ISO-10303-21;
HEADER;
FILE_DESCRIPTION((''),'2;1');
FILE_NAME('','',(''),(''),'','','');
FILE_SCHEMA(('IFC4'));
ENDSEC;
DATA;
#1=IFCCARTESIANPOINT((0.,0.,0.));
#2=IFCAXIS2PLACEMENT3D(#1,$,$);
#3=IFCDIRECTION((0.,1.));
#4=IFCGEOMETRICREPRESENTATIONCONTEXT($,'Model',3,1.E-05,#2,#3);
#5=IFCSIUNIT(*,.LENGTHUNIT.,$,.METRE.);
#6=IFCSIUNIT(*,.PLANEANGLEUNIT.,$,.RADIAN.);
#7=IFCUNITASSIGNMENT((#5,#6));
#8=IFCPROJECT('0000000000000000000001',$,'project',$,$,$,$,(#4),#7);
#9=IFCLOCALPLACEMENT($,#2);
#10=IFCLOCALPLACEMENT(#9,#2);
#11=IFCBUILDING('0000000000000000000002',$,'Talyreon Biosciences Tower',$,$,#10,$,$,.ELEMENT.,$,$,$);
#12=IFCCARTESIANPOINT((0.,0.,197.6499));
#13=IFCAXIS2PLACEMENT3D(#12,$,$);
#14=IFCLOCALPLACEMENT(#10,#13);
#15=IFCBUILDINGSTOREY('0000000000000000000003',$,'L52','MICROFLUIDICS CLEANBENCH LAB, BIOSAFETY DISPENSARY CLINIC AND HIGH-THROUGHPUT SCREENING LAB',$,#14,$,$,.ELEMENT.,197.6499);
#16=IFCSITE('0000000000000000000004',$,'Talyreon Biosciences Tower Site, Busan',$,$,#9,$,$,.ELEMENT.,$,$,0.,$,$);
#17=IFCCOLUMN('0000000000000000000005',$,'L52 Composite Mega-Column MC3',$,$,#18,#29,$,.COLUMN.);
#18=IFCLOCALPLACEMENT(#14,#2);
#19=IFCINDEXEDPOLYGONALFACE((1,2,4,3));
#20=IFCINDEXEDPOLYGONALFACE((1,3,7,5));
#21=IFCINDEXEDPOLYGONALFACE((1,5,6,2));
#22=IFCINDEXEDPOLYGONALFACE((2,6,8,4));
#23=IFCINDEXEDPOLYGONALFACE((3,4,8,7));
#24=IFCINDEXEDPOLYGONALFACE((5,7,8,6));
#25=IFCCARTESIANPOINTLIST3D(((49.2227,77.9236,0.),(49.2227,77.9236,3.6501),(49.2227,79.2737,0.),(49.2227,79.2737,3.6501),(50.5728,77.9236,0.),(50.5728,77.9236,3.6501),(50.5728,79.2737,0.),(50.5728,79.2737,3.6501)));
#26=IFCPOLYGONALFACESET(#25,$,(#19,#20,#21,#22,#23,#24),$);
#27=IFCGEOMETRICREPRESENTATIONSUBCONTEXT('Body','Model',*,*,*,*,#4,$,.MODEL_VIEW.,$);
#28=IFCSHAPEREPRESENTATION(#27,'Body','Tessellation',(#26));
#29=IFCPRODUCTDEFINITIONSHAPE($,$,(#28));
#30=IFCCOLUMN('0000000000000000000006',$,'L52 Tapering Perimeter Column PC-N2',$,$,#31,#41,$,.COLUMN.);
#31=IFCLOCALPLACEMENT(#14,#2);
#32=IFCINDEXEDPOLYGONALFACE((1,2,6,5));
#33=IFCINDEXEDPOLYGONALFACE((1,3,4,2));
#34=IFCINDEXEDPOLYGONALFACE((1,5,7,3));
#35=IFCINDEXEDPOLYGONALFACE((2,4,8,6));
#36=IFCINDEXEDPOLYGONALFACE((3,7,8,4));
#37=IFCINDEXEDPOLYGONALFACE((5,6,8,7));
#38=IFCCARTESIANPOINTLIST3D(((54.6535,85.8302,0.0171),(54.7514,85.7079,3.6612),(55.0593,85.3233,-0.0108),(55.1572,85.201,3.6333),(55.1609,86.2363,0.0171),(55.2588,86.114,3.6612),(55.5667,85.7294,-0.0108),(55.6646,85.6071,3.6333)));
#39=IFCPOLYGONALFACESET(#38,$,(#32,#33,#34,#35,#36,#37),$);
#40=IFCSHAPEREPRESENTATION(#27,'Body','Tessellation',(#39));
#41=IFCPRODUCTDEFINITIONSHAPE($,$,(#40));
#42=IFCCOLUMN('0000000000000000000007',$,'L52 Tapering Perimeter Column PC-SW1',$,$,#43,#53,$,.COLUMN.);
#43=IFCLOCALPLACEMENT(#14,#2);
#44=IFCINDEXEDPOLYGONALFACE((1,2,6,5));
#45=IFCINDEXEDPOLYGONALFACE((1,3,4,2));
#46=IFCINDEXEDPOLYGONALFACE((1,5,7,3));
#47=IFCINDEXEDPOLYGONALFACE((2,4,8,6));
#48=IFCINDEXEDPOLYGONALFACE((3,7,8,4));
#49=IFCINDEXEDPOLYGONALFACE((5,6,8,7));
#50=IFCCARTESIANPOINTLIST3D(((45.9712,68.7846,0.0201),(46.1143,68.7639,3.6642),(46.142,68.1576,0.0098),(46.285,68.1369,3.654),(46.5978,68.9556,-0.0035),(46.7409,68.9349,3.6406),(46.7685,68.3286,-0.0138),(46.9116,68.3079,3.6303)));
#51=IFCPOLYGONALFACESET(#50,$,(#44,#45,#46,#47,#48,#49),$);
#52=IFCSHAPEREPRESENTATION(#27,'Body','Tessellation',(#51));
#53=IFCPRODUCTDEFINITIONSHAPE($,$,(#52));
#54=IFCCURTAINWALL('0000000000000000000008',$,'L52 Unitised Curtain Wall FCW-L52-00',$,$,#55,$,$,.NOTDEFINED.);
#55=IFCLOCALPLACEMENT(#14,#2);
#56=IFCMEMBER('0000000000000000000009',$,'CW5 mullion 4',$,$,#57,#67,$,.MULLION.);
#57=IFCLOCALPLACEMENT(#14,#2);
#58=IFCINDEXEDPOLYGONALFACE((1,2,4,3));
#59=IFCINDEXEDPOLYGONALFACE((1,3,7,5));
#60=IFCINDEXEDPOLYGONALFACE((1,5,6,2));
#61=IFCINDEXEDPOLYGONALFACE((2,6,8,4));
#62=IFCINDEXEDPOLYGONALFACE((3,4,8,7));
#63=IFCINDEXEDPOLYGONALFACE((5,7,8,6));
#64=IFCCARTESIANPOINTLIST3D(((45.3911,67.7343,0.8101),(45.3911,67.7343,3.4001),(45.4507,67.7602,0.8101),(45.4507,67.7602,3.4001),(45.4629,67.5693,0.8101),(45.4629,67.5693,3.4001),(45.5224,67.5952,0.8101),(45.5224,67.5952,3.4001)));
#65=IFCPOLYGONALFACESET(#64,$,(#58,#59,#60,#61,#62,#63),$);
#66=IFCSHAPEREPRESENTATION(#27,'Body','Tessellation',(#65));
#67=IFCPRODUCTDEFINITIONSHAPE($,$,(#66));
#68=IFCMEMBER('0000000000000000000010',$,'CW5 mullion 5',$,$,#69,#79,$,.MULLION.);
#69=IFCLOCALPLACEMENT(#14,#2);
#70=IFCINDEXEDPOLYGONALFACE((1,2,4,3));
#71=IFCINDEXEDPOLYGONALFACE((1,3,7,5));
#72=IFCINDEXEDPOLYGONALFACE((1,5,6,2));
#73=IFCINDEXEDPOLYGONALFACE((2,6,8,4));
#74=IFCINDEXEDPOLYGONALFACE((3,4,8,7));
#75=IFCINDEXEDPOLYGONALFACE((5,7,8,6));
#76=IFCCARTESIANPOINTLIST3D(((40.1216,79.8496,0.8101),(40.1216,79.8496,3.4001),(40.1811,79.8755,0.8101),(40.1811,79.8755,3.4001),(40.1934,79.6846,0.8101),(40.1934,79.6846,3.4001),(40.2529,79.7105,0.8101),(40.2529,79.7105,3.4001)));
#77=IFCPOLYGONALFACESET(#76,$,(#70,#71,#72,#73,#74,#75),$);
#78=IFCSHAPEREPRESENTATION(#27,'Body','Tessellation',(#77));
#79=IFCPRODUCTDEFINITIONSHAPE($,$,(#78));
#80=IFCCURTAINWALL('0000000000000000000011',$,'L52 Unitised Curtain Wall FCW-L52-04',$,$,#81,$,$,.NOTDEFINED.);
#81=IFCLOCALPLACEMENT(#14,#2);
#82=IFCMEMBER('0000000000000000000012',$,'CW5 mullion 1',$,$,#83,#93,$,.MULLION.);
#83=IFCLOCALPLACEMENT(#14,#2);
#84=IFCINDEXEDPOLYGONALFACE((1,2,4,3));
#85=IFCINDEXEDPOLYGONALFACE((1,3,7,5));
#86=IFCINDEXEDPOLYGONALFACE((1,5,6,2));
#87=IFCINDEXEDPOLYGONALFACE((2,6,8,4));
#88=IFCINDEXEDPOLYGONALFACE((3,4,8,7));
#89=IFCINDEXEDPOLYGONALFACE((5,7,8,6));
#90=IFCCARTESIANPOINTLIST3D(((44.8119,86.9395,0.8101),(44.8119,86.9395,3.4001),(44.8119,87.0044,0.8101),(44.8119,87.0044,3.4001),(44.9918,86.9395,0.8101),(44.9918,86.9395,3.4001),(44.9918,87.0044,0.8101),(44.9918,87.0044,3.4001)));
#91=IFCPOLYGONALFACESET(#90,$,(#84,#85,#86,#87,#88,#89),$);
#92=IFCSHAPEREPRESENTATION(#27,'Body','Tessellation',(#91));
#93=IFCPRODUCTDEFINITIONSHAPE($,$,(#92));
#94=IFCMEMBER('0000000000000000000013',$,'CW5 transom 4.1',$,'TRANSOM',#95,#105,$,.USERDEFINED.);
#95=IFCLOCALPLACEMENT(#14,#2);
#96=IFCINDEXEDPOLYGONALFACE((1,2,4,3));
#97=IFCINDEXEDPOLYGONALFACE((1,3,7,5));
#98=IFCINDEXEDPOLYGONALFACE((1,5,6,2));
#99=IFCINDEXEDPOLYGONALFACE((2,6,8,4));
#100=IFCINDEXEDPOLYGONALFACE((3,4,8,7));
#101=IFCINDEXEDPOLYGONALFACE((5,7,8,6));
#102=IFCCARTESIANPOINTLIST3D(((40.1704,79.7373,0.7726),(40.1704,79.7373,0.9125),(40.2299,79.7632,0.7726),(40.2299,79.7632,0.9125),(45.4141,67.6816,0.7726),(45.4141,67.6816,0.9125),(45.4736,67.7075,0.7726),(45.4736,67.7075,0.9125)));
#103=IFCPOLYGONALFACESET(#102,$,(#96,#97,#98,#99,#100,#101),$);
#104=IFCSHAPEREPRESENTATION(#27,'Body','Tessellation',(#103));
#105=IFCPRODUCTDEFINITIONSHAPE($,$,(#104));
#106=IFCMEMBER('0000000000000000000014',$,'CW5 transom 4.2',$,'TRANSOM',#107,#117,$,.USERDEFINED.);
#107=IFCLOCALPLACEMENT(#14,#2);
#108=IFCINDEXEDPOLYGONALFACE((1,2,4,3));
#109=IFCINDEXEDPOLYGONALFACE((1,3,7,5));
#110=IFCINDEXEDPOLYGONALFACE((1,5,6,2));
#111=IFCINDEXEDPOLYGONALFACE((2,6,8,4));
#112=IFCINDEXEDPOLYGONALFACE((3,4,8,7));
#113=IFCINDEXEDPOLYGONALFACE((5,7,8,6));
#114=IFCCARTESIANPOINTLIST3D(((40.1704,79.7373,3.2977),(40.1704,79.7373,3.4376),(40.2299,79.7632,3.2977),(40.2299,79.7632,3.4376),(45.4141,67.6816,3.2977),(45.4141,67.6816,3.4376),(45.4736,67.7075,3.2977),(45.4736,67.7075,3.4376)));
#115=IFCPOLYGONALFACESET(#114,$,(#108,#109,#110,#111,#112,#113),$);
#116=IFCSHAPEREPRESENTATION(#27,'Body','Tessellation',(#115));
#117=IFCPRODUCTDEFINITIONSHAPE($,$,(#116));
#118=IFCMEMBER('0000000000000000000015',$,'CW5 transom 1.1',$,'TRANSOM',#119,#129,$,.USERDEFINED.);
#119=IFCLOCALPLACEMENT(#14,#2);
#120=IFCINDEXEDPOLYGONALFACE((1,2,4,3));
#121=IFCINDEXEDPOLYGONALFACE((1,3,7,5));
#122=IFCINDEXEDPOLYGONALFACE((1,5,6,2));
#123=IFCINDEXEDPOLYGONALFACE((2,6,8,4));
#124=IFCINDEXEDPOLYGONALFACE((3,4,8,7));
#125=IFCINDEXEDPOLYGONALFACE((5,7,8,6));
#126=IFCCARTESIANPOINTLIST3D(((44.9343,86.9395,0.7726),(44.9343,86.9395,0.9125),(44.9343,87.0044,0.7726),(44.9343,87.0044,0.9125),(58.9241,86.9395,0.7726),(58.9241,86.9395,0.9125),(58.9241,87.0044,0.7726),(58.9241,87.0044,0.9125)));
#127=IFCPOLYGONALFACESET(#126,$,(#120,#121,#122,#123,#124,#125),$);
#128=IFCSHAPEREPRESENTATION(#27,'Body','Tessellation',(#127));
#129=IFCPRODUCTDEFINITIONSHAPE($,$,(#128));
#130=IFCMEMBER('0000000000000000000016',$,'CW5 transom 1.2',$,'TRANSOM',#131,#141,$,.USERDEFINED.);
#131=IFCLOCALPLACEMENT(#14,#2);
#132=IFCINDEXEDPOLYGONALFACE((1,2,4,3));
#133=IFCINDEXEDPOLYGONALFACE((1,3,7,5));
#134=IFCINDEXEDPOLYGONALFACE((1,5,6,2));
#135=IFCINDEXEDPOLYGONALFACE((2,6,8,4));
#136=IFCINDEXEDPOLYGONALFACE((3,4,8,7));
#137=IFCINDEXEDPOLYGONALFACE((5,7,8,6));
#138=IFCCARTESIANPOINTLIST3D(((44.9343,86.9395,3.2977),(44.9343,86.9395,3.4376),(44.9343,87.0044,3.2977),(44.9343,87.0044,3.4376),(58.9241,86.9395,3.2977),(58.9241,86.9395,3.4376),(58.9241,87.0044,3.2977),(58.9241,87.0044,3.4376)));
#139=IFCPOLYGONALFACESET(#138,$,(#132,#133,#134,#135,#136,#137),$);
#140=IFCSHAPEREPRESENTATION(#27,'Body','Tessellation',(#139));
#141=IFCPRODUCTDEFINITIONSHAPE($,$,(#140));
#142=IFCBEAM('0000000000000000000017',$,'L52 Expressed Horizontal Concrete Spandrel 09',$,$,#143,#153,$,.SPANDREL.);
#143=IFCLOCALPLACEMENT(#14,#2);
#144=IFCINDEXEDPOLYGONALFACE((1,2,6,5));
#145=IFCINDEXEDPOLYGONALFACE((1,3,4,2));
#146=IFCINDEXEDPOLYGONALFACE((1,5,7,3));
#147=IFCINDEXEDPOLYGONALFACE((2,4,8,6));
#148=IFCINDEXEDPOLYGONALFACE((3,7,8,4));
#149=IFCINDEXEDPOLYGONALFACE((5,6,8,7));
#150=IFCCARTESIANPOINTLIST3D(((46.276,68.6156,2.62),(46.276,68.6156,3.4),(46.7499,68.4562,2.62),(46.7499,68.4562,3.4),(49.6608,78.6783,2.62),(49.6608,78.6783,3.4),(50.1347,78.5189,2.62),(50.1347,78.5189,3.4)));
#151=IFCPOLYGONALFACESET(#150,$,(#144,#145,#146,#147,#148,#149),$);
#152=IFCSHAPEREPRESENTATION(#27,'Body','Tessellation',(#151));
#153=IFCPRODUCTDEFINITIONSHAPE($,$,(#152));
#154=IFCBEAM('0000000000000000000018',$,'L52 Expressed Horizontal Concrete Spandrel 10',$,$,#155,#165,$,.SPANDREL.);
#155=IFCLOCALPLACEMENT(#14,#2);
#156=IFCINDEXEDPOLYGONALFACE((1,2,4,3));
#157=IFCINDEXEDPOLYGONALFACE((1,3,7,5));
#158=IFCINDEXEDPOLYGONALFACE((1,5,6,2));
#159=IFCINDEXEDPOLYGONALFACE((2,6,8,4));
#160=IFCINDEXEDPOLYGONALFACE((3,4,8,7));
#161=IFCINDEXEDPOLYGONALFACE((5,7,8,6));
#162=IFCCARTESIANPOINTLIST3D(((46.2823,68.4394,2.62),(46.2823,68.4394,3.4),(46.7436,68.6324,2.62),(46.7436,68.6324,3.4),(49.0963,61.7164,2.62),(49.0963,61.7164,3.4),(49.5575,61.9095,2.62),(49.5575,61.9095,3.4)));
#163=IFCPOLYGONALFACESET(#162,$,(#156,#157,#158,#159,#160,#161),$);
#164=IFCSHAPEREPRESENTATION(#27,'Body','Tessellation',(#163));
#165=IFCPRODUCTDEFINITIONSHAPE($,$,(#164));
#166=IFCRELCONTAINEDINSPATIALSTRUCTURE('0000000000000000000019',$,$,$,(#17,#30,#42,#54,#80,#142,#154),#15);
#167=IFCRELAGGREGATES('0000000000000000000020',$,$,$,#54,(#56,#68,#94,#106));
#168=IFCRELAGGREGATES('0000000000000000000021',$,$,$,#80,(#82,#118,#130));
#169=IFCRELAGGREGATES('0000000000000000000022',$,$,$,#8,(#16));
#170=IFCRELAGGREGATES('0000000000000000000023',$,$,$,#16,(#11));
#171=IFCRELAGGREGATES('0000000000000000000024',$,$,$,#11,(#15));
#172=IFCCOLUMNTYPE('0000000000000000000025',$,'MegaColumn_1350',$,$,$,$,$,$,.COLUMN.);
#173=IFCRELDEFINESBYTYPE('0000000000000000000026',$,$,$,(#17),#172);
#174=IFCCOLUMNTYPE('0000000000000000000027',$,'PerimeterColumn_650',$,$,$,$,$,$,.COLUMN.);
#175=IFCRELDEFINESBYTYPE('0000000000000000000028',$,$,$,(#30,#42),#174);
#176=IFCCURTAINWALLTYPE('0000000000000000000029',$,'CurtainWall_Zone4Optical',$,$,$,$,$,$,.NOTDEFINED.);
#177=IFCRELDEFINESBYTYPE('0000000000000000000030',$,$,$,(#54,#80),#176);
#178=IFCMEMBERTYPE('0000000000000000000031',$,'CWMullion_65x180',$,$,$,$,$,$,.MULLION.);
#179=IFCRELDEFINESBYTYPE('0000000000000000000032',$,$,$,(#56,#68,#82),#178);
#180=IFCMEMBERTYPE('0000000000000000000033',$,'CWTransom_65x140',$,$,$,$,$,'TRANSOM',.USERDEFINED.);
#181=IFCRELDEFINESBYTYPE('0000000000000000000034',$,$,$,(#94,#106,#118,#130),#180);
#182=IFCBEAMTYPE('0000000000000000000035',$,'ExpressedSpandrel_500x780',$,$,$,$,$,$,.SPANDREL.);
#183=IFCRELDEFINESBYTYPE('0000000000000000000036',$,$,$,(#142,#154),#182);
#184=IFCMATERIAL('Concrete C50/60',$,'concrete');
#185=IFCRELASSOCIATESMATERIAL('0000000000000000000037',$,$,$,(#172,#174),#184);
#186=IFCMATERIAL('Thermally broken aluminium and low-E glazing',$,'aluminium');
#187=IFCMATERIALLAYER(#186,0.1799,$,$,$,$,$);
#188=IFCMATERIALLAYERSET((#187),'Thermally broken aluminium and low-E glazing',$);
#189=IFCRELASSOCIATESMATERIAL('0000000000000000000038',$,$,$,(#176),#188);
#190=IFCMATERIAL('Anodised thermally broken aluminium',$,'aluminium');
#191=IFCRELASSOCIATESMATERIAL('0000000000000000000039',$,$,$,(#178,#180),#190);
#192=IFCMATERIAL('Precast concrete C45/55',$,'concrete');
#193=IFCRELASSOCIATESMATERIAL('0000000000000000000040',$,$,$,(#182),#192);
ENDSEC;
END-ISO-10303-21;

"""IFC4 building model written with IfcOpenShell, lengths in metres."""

from ifc_helpers import new_model, si_unit, direction, frame, origin, origin_2d, place, context, subcontext, project, spatial, rectangle, extrude, material, layer, layer_set, material_profile, profile_set, type_object, element, aggregate, save


model = new_model("IFC4")

# Units and contexts
model_context = context("Model", 3, precision=1e-05, world=origin(), true_north=direction((0.0, 1.0)))
body_context = subcontext(model_context, "Body", "Model", "MODEL_VIEW")
ifc_project = project(units=[si_unit("LENGTHUNIT", "METRE"), si_unit("PLANEANGLEUNIT", "RADIAN")], contexts=[model_context])

# Site, building, storey
site_placement = place(None, origin())
site = spatial("IfcSite", under=ifc_project, at=site_placement, Name="Talyreon Biosciences Tower Site, Busan", CompositionType="ELEMENT", RefElevation=0.0)
building_placement = place(site_placement, origin())
building = spatial("IfcBuilding", under=site, at=building_placement, Name="Talyreon Biosciences Tower", CompositionType="ELEMENT")
storey_placement = place(building_placement, frame((0.0, 0.0, 197.6499)))
storey = spatial("IfcBuildingStorey", under=building, at=storey_placement, Name="L52", Description="MICROFLUIDICS CLEANBENCH LAB, BIOSAFETY DISPENSARY CLINIC AND HIGH-THROUGHPUT SCREENING LAB", CompositionType="ELEMENT", Elevation=197.6499)

# Columns
ifc_material_1 = material(Name="Concrete C50/60", Category="concrete")
ifc_material_profile_1 = material_profile(ifc_material_1, rectangle(XDim=1.3501, YDim=1.3501, at=origin_2d()), Name="RC 1350x1350")
ifc_profile_set_1 = profile_set([ifc_material_profile_1], Name="Concrete C50/60")
column_type_1 = type_object("IfcColumnType", Name="MegaColumn_1350", PredefinedType="COLUMN", material=ifc_profile_set_1)
column_1_placement = place(storey_placement, frame((49.8977, 78.5986, 0.0), z_axis=(0.0, 0.0, 1.0), x_axis=(1.0, 0.0, 0.0)))
element("IfcColumn", 1, at=column_1_placement, inside=storey, type_object=column_type_1, Name="L52 Composite Mega-Column MC3", PredefinedType="COLUMN", context=body_context, shape_type="SweptSolid", body=[
    extrude(rectangle(XDim=1.3501, YDim=1.3501, at=origin_2d()), origin(), (0.0, 0.0, 1.0), 3.6501),
])
ifc_material_profile_2 = material_profile(ifc_material_1, rectangle(XDim=0.6499, YDim=0.6499, at=origin_2d()), Name="RC 650x650")
ifc_profile_set_2 = profile_set([ifc_material_profile_2], Name="Concrete C50/60")
column_type_2 = type_object("IfcColumnType", Name="PerimeterColumn_650", PredefinedType="COLUMN", material=ifc_profile_set_2)
column_2_placement = place(storey_placement, frame((55.1101, 85.7798, 0.0032), z_axis=(0.026841, -0.033535, 0.999077), x_axis=(-0.780717, -0.624885, 0.0)))
element("IfcColumn", 2, at=column_2_placement, inside=storey, type_object=column_type_2, Name="L52 Tapering Perimeter Column PC-N2", PredefinedType="COLUMN", context=body_context, shape_type="SweptSolid", body=[
    extrude(rectangle(XDim=0.6499, YDim=0.6499, at=origin_2d()), origin(), (0.0, 0.0, 1.0), 3.6475),
])
column_3_placement = place(storey_placement, frame((46.3699, 68.5566, 0.0032), z_axis=(0.039229, -0.00569, 0.999214), x_axis=(0.96408, 0.263113, -0.036352)))
element("IfcColumn", 3, at=column_3_placement, inside=storey, type_object=column_type_2, Name="L52 Tapering Perimeter Column PC-SW1", PredefinedType="COLUMN", context=body_context, shape_type="SweptSolid", body=[
    extrude(rectangle(XDim=0.6499, YDim=0.6499, at=origin_2d()), origin(), (0.0, 0.0, 1.0), 3.647),
])

# Curtain wall, members
ifc_material_2 = material(Name="Thermally broken aluminium and low-E glazing", Category="aluminium")
ifc_layer_1 = layer(ifc_material_2, 0.1799)
ifc_layer_set_1 = layer_set([ifc_layer_1], Name="Thermally broken aluminium and low-E glazing")
curtain_wall_type = type_object("IfcCurtainWallType", Name="CurtainWall_Zone4Optical", PredefinedType="NOTDEFINED", material=ifc_layer_set_1)
curtain_wall_1_placement = place(storey_placement, origin())
curtain_wall_1 = element("IfcCurtainWall", 4, at=curtain_wall_1_placement, inside=storey, type_object=curtain_wall_type, Name="L52 Unitised Curtain Wall FCW-L52-00", PredefinedType="NOTDEFINED")
ifc_material_3 = material(Name="Anodised thermally broken aluminium", Category="aluminium")
ifc_material_profile_3 = material_profile(ifc_material_3, rectangle(XDim=0.0649, YDim=0.1799, at=origin_2d()), Name="ALUM MULLION 65x180")
ifc_profile_set_3 = profile_set([ifc_material_profile_3], Name="Anodised thermally broken aluminium")
member_type_1 = type_object("IfcMemberType", Name="CWMullion_65x180", PredefinedType="MULLION", material=ifc_profile_set_3)
member_1_placement = place(storey_placement, frame((45.4568, 67.6648, 0.8101), z_axis=(0.0, 0.0, 1.0), x_axis=(-0.917011, -0.398862, 0.0)))
member_1 = element("IfcMember", 5, at=member_1_placement, type_object=member_type_1, Name="CW5 mullion 4", PredefinedType="MULLION", context=body_context, shape_type="SweptSolid", body=[
    extrude(rectangle(XDim=0.0649, YDim=0.1799, at=origin_2d()), origin(), (0.0, 0.0, 1.0), 2.5901),
])
member_2_placement = place(storey_placement, frame((40.1873, 79.78, 0.8101), z_axis=(0.0, 0.0, 1.0), x_axis=(-0.917011, -0.398862, 0.0)))
member_2 = element("IfcMember", 6, at=member_2_placement, type_object=member_type_1, Name="CW5 mullion 5", PredefinedType="MULLION", context=body_context, shape_type="SweptSolid", body=[
    extrude(rectangle(XDim=0.0649, YDim=0.1799, at=origin_2d()), origin(), (0.0, 0.0, 1.0), 2.5901),
])

# Curtain wall, member
curtain_wall_2_placement = place(storey_placement, origin())
curtain_wall_2 = element("IfcCurtainWall", 7, at=curtain_wall_2_placement, inside=storey, type_object=curtain_wall_type, Name="L52 Unitised Curtain Wall FCW-L52-04", PredefinedType="NOTDEFINED")
member_3_placement = place(storey_placement, frame((44.9019, 86.9719, 0.8101), z_axis=(0.0, 0.0, 1.0), x_axis=(0.0, 1.0, 0.0)))
member_3 = element("IfcMember", 8, at=member_3_placement, type_object=member_type_1, Name="CW5 mullion 1", PredefinedType="MULLION", context=body_context, shape_type="SweptSolid", body=[
    extrude(rectangle(XDim=0.0649, YDim=0.1799, at=origin_2d()), origin(), (0.0, 0.0, 1.0), 2.5901),
])

# Members
ifc_material_profile_4 = material_profile(ifc_material_3, rectangle(XDim=0.0649, YDim=0.1399, at=origin_2d()), Name="ALUM TRANSOM 65x140")
ifc_profile_set_4 = profile_set([ifc_material_profile_4], Name="Anodised thermally broken aluminium")
member_type_2 = type_object("IfcMemberType", Name="CWTransom_65x140", ElementType="TRANSOM", PredefinedType="USERDEFINED", material=ifc_profile_set_4)
member_4_placement = place(storey_placement, frame((45.4438, 67.6946, 0.8425), z_axis=(-0.398858, 0.917013, 0.0), x_axis=(-0.917013, -0.398858, 0.0)))
member_4 = element("IfcMember", 9, at=member_4_placement, type_object=member_type_2, Name="CW5 transom 4.1", ObjectType="TRANSOM", PredefinedType="USERDEFINED", context=body_context, shape_type="SweptSolid", body=[
    extrude(rectangle(XDim=0.0649, YDim=0.1399, at=origin_2d()), origin(), (0.0, 0.0, 1.0), 13.1467),
])
member_5_placement = place(storey_placement, frame((45.4438, 67.6946, 3.3677), z_axis=(-0.398858, 0.917013, 0.0), x_axis=(-0.917013, -0.398858, 0.0)))
member_5 = element("IfcMember", 10, at=member_5_placement, type_object=member_type_2, Name="CW5 transom 4.2", ObjectType="TRANSOM", PredefinedType="USERDEFINED", context=body_context, shape_type="SweptSolid", body=[
    extrude(rectangle(XDim=0.0649, YDim=0.1399, at=origin_2d()), origin(), (0.0, 0.0, 1.0), 13.1467),
])
member_6_placement = place(storey_placement, frame((44.9343, 86.9719, 0.8425), z_axis=(1.0, 0.0, 0.0), x_axis=(0.0, 1.0, 0.0)))
member_6 = element("IfcMember", 11, at=member_6_placement, type_object=member_type_2, Name="CW5 transom 1.1", ObjectType="TRANSOM", PredefinedType="USERDEFINED", context=body_context, shape_type="SweptSolid", body=[
    extrude(rectangle(XDim=0.0649, YDim=0.1399, at=origin_2d()), origin(), (0.0, 0.0, 1.0), 13.9897),
])
member_7_placement = place(storey_placement, frame((44.9343, 86.9719, 3.3677), z_axis=(1.0, 0.0, 0.0), x_axis=(0.0, 1.0, 0.0)))
member_7 = element("IfcMember", 12, at=member_7_placement, type_object=member_type_2, Name="CW5 transom 1.2", ObjectType="TRANSOM", PredefinedType="USERDEFINED", context=body_context, shape_type="SweptSolid", body=[
    extrude(rectangle(XDim=0.0649, YDim=0.1399, at=origin_2d()), origin(), (0.0, 0.0, 1.0), 13.9897),
])

# Beams
ifc_material_4 = material(Name="Precast concrete C45/55", Category="concrete")
ifc_material_profile_5 = material_profile(ifc_material_4, rectangle(XDim=0.5, YDim=0.78, at=origin_2d()), Name="RCB 500x780")
ifc_profile_set_5 = profile_set([ifc_material_profile_5], Name="Precast concrete C45/55")
beam_type_1 = type_object("IfcBeamType", Name="ExpressedSpandrel_500x780", PredefinedType="SPANDREL", material=ifc_profile_set_5)
beam_1_placement = place(storey_placement, frame((49.8977, 78.5986, 3.01), z_axis=(-0.318814, -0.947817, 0.0), x_axis=(0.947817, -0.318814, 0.0)))
element("IfcBeam", 13, at=beam_1_placement, inside=storey, type_object=beam_type_1, Name="L52 Expressed Horizontal Concrete Spandrel 09", PredefinedType="SPANDREL", context=body_context, shape_type="SweptSolid", body=[
    extrude(rectangle(XDim=0.5, YDim=0.78, at=origin_2d()), origin(), (0.0, 0.0, 1.0), 10.6167),
])
beam_2_placement = place(storey_placement, frame((46.5129, 68.5359, 3.01), z_axis=(0.386106, -0.922454, 0.0), x_axis=(0.922454, 0.386106, 0.0)))
element("IfcBeam", 14, at=beam_2_placement, inside=storey, type_object=beam_type_1, Name="L52 Expressed Horizontal Concrete Spandrel 10", PredefinedType="SPANDREL", context=body_context, shape_type="SweptSolid", body=[
    extrude(rectangle(XDim=0.5, YDim=0.78, at=origin_2d()), origin(), (0.0, 0.0, 1.0), 7.2881),
])

aggregate(curtain_wall_1, [member_1, member_2, member_4, member_5])
aggregate(curtain_wall_2, [member_3, member_6, member_7])

save(model, "model.ifc")
